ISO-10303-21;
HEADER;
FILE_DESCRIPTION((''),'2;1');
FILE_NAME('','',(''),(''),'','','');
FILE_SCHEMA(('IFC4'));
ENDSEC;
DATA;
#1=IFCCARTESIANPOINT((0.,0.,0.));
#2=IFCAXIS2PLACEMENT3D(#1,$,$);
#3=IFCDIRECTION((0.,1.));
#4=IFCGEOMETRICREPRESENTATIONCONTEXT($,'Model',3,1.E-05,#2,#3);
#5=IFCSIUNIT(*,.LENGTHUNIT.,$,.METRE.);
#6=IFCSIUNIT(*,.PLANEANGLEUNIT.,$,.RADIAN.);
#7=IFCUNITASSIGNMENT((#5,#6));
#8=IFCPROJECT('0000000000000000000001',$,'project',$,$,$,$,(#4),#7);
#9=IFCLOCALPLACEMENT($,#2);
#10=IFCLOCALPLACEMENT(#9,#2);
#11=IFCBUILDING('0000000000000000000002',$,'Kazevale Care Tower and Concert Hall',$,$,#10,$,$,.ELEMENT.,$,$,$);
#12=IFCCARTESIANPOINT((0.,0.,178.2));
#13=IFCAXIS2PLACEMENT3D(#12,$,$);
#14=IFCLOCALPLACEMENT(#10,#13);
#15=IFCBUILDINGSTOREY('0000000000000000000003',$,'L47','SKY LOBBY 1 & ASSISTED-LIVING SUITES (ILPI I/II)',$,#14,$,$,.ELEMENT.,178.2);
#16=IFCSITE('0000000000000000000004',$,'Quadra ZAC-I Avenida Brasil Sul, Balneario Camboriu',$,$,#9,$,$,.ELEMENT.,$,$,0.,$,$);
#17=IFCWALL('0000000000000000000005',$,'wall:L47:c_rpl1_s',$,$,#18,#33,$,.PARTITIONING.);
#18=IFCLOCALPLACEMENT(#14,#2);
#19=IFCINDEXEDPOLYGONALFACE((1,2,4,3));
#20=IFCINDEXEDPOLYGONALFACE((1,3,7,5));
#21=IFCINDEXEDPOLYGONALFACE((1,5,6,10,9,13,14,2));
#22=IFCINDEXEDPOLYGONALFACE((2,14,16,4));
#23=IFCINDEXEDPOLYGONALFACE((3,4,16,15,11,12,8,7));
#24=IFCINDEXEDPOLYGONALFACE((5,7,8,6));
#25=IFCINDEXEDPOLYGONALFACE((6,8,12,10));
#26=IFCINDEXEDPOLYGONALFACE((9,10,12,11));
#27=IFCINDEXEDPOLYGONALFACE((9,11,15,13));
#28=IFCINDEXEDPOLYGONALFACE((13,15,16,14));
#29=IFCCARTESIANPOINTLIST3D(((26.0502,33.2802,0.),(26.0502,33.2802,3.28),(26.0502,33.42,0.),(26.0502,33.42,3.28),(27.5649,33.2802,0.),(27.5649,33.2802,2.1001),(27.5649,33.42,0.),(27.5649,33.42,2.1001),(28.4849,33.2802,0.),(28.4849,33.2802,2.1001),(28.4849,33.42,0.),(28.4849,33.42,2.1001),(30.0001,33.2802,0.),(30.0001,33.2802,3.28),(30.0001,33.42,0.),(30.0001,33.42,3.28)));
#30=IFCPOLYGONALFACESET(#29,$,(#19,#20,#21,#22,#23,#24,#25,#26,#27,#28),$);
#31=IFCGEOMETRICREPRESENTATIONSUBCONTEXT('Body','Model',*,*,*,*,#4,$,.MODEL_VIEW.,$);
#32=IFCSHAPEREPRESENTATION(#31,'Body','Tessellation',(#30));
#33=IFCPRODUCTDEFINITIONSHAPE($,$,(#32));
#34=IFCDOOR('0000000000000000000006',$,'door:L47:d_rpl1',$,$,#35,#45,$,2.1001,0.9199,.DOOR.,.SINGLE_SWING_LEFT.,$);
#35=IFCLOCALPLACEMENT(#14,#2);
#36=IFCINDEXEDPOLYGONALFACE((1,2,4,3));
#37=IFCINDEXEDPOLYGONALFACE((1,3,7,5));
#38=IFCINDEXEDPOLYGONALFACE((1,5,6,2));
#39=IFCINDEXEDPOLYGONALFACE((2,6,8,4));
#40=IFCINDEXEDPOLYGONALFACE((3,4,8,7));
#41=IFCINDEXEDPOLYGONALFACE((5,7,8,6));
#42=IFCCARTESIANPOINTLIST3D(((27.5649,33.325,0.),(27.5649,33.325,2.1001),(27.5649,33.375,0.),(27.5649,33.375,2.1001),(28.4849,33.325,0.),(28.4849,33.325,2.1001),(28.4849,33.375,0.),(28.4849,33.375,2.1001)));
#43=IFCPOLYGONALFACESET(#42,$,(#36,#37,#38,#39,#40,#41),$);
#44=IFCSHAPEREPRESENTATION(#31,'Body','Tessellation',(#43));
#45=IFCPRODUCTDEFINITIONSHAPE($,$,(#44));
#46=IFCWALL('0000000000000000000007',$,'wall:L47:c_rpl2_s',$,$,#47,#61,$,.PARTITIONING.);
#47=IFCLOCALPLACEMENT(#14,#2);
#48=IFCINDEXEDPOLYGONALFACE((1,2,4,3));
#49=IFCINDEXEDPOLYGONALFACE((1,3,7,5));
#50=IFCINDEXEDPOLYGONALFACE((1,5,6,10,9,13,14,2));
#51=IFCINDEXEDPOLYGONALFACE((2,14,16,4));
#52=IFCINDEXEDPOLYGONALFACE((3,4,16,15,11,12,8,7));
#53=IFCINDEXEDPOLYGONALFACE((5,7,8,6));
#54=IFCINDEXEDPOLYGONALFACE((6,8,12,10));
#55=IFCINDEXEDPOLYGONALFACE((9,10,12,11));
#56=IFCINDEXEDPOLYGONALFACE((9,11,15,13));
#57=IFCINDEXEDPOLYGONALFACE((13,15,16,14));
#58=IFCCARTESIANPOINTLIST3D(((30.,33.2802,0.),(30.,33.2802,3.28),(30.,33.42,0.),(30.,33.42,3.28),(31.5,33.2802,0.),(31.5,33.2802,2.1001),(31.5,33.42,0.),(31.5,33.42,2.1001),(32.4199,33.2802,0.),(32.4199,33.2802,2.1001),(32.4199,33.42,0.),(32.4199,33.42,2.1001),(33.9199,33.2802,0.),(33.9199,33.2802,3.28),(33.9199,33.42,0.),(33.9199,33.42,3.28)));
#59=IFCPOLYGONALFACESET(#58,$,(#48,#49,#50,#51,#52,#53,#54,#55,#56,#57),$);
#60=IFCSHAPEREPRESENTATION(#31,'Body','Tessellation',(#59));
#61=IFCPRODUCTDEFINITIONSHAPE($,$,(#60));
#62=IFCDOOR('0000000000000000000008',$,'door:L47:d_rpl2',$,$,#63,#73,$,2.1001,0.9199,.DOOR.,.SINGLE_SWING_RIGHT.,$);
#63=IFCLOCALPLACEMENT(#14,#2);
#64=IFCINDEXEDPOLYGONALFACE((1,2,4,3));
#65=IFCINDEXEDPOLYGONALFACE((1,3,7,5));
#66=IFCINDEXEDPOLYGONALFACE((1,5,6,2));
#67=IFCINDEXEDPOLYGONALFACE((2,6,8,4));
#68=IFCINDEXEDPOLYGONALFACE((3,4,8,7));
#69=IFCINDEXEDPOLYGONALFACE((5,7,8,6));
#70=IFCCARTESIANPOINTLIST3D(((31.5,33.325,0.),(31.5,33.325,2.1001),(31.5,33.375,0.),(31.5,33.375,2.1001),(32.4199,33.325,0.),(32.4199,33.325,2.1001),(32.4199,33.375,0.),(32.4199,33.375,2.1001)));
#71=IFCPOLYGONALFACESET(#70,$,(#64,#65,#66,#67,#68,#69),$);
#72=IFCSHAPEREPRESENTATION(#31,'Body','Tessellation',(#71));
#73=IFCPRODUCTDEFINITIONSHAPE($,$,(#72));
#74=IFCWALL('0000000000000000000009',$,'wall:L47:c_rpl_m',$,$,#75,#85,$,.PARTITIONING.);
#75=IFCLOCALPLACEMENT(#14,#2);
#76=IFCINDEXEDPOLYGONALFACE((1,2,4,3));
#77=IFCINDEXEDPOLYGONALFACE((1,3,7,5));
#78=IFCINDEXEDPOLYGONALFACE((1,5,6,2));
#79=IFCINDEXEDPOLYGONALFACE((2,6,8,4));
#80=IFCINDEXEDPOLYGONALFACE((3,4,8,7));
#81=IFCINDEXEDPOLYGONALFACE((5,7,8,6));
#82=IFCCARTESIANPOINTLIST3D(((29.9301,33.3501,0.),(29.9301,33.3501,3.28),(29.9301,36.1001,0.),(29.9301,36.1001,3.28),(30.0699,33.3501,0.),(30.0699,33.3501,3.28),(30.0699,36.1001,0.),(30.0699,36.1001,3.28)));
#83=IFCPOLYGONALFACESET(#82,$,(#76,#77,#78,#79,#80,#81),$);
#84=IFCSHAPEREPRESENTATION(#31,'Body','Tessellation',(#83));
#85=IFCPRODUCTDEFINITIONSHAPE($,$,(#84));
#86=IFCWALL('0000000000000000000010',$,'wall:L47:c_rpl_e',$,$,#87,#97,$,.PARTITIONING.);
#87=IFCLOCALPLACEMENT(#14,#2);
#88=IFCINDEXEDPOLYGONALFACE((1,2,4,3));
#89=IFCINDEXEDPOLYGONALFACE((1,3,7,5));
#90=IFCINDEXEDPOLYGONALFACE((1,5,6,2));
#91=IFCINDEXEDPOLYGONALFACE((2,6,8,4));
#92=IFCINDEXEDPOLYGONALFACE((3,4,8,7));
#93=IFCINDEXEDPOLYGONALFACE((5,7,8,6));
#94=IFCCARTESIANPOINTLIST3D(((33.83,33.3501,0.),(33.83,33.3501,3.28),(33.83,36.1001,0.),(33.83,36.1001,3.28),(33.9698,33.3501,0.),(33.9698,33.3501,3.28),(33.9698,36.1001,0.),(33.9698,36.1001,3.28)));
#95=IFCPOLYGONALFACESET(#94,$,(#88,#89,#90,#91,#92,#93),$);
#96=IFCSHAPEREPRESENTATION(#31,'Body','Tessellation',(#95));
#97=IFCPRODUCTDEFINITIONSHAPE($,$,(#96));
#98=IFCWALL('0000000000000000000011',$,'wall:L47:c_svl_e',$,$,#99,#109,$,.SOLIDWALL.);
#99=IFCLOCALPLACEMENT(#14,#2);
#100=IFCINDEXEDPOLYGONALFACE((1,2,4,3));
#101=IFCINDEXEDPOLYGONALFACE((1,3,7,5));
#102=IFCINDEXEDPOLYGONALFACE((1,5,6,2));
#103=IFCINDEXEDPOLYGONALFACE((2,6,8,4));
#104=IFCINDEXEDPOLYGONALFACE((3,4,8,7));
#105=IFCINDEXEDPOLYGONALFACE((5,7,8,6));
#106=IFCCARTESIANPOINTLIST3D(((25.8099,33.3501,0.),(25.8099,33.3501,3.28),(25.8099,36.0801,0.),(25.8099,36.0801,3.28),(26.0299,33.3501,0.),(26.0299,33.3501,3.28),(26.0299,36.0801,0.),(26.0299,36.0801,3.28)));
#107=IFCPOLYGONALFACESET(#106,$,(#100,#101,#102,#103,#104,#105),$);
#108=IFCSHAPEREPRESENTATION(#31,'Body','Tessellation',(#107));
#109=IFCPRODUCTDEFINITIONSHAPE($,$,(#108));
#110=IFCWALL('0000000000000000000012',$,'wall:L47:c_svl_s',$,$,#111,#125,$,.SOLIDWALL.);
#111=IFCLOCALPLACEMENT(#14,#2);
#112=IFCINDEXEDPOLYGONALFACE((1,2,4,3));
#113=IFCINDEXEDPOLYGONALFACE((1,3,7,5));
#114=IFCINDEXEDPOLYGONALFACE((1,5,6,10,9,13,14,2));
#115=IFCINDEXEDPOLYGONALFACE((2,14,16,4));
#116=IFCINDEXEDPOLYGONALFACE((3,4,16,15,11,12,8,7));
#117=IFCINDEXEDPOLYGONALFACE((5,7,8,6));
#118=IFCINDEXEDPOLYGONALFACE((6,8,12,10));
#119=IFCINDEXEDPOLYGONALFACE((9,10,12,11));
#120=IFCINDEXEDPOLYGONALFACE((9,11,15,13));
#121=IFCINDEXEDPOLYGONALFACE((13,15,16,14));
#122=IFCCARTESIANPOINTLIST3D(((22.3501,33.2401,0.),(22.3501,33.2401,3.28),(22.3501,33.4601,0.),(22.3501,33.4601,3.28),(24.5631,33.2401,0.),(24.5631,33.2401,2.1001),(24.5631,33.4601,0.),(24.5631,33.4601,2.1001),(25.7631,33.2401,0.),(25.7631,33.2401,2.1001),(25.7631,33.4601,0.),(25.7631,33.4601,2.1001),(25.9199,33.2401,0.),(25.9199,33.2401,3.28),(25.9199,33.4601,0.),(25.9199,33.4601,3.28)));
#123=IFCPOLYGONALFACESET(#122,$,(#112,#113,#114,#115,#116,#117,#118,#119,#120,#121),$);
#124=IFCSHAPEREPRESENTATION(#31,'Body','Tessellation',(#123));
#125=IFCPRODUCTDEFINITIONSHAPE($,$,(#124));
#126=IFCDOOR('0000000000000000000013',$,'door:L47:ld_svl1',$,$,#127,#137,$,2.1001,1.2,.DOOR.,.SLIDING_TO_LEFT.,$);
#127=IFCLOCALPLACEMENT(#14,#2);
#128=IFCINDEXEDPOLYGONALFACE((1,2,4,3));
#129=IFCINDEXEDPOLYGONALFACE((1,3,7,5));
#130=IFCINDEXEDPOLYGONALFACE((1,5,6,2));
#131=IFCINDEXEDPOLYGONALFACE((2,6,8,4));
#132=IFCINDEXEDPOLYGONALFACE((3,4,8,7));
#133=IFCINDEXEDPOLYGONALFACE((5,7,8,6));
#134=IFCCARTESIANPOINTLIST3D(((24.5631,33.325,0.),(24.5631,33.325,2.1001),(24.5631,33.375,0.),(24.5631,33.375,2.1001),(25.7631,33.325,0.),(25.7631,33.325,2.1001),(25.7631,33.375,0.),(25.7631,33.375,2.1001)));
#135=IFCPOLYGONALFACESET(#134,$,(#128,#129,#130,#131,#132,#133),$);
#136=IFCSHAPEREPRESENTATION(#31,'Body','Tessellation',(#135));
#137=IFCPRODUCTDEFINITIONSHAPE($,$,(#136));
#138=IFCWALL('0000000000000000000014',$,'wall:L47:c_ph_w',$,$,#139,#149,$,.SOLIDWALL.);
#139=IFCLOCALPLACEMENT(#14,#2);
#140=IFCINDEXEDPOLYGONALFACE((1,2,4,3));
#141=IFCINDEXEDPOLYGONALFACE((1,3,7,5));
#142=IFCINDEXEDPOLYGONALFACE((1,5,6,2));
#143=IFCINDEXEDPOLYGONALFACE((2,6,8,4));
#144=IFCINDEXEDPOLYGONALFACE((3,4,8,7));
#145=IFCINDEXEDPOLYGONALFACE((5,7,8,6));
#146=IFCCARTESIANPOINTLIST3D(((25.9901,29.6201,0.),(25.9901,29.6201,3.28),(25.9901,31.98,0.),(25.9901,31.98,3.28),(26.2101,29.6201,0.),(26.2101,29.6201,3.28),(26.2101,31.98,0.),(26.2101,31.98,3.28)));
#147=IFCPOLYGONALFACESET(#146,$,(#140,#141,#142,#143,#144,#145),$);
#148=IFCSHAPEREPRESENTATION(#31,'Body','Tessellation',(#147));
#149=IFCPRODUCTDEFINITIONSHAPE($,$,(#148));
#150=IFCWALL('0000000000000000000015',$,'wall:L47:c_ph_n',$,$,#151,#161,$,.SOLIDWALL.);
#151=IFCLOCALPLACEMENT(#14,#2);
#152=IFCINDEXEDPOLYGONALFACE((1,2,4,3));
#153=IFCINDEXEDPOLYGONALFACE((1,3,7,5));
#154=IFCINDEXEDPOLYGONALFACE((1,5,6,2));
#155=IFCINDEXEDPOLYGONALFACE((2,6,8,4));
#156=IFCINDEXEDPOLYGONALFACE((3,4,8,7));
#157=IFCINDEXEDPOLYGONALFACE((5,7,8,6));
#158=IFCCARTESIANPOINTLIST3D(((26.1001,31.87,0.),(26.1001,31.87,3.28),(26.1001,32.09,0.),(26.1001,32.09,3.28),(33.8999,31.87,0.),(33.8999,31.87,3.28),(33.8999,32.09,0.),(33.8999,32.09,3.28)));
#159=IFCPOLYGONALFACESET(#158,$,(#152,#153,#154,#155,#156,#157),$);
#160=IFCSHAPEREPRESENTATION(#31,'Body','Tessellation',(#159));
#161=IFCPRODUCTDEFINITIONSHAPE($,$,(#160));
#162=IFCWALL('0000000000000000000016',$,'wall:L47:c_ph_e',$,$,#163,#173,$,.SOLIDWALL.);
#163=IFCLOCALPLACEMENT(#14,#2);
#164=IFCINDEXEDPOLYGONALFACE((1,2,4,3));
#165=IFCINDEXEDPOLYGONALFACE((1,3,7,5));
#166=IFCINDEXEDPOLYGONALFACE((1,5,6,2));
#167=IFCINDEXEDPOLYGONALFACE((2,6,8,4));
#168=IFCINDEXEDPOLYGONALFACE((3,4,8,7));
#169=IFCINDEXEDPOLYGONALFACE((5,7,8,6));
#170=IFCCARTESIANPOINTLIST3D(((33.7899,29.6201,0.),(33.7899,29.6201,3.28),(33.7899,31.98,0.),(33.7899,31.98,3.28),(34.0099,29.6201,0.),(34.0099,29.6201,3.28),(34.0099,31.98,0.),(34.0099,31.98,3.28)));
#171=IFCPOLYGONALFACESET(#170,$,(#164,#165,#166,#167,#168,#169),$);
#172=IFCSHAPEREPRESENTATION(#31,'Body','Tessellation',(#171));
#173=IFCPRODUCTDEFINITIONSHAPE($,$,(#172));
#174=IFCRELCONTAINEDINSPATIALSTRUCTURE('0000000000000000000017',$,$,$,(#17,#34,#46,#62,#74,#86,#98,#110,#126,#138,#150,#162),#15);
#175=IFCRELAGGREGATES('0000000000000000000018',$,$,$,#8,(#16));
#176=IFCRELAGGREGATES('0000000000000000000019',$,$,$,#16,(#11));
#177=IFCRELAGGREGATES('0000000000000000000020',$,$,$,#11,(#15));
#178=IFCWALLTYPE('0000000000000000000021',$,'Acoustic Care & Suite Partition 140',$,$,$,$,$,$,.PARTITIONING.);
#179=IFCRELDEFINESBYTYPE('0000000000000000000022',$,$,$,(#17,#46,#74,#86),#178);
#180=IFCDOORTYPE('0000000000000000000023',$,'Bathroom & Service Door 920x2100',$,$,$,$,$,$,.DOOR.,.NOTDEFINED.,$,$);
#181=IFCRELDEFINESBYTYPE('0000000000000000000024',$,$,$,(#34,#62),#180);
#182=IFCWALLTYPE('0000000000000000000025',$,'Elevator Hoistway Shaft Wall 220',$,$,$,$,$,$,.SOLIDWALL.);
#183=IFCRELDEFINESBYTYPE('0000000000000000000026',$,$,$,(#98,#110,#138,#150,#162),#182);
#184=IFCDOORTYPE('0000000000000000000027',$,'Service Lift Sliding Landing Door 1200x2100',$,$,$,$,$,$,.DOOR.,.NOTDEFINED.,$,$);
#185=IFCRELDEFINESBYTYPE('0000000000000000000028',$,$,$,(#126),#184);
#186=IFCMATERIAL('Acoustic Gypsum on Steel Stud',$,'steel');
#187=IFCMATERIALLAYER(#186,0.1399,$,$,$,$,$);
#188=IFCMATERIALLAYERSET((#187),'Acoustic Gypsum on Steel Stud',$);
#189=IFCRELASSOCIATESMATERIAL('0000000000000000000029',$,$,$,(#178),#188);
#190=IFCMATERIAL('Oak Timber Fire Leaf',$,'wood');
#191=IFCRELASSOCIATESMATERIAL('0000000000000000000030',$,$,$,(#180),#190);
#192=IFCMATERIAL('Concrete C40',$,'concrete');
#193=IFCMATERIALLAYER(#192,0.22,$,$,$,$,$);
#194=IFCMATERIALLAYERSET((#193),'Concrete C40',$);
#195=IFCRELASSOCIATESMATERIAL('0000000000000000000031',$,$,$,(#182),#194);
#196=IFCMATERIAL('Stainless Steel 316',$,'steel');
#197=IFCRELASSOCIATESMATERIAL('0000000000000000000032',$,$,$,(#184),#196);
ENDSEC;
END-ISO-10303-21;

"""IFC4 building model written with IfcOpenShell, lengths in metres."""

from ifc_helpers import new_model, si_unit, direction, frame, frame_2d, origin, place, context, subcontext, project, spatial, rectangle, extrude, material, layer, layer_set, type_object, element, fill, save


model = new_model("IFC4")

# Units and contexts
model_context = context("Model", 3, precision=1e-05, world=origin(), true_north=direction((0.0, 1.0)))
body_context = subcontext(model_context, "Body", "Model", "MODEL_VIEW")
ifc_project = project(units=[si_unit("LENGTHUNIT", "METRE"), si_unit("PLANEANGLEUNIT", "RADIAN")], contexts=[model_context])

# Site, building, storey
site_placement = place(None, origin())
site = spatial("IfcSite", under=ifc_project, at=site_placement, Name="Quadra ZAC-I Avenida Brasil Sul, Balneario Camboriu", CompositionType="ELEMENT", RefElevation=0.0)
building_placement = place(site_placement, origin())
building = spatial("IfcBuilding", under=site, at=building_placement, Name="Kazevale Care Tower and Concert Hall", CompositionType="ELEMENT")
storey_placement = place(building_placement, frame((0.0, 0.0, 178.2)))
storey = spatial("IfcBuildingStorey", under=building, at=storey_placement, Name="L47", Description="SKY LOBBY 1 & ASSISTED-LIVING SUITES (ILPI I/II)", CompositionType="ELEMENT", Elevation=178.2)

# Walls, openings, doors
ifc_material_1 = material(Name="Acoustic Gypsum on Steel Stud", Category="steel")
ifc_layer_1 = layer(ifc_material_1, 0.1399)
ifc_layer_set_1 = layer_set([ifc_layer_1], Name="Acoustic Gypsum on Steel Stud")
wall_type_1 = type_object("IfcWallType", Name="Acoustic Care & Suite Partition 140", PredefinedType="PARTITIONING", material=ifc_layer_set_1)
wall_1_placement = place(storey_placement, frame((26.05, 33.3501, 0.0), z_axis=(0.0, 0.0, 1.0), x_axis=(1.0, 0.0, 0.0)))
wall_1 = element("IfcWall", 1, at=wall_1_placement, inside=storey, type_object=wall_type_1, Name="wall:L47:c_rpl1_s", PredefinedType="PARTITIONING", context=body_context, shape_type="SweptSolid", body=[
    extrude(rectangle(XDim=3.95, YDim=0.1399, at=frame_2d((1.9751, 0.0))), origin(), (0.0, 0.0, 1.0), 3.28),
])
opening_1_placement = place(wall_1_placement, frame((1.5149, 0.0, 0.0)))
opening_1 = element("IfcOpeningElement", 2, at=opening_1_placement, cuts=wall_1, PredefinedType="OPENING", context=body_context, shape_type="SweptSolid", body=[
    extrude(rectangle(XDim=0.9199, YDim=2.1001, at=frame_2d((0.46, 1.05))), frame((0.0, 0.0798, 0.0), z_axis=(0.0, -1.0, 0.0), x_axis=(1.0, 0.0, 0.0)), (0.0, 0.0, 1.0), 0.1599),
])
ifc_material_2 = material(Name="Oak Timber Fire Leaf", Category="wood")
door_type_1 = type_object("IfcDoorType", Name="Bathroom & Service Door 920x2100", OperationType="NOTDEFINED", PredefinedType="DOOR", material=ifc_material_2)
door_1_placement = place(opening_1_placement, origin())
door_1 = element("IfcDoor", 3, at=door_1_placement, inside=storey, type_object=door_type_1, Name="door:L47:d_rpl1", OperationType="SINGLE_SWING_LEFT", OverallHeight=2.1001, OverallWidth=0.9199, PredefinedType="DOOR", context=body_context, shape_type="SweptSolid", body=[
    extrude(rectangle(XDim=0.9199, YDim=2.1001, at=frame_2d((0.46, 1.05))), frame((0.0, 0.0249, 0.0), z_axis=(0.0, -1.0, 0.0), x_axis=(1.0, 0.0, 0.0)), (0.0, 0.0, 1.0), 0.05),
])
fill(opening_1, door_1)
wall_2_placement = place(storey_placement, frame((30.0, 33.3501, 0.0), z_axis=(0.0, 0.0, 1.0), x_axis=(1.0, 0.0, 0.0)))
wall_2 = element("IfcWall", 4, at=wall_2_placement, inside=storey, type_object=wall_type_1, Name="wall:L47:c_rpl2_s", PredefinedType="PARTITIONING", context=body_context, shape_type="SweptSolid", body=[
    extrude(rectangle(XDim=3.9199, YDim=0.1399, at=frame_2d((1.96, 0.0))), origin(), (0.0, 0.0, 1.0), 3.28),
])
opening_2_placement = place(wall_2_placement, frame((1.5, 0.0, 0.0)))
opening_2 = element("IfcOpeningElement", 5, at=opening_2_placement, cuts=wall_2, PredefinedType="OPENING", context=body_context, shape_type="SweptSolid", body=[
    extrude(rectangle(XDim=0.9199, YDim=2.1001, at=frame_2d((0.46, 1.05))), frame((0.0, 0.0798, 0.0), z_axis=(0.0, -1.0, 0.0), x_axis=(1.0, 0.0, 0.0)), (0.0, 0.0, 1.0), 0.1599),
])
door_2_placement = place(opening_2_placement, origin())
door_2 = element("IfcDoor", 6, at=door_2_placement, inside=storey, type_object=door_type_1, Name="door:L47:d_rpl2", OperationType="SINGLE_SWING_RIGHT", OverallHeight=2.1001, OverallWidth=0.9199, PredefinedType="DOOR", context=body_context, shape_type="SweptSolid", body=[
    extrude(rectangle(XDim=0.9199, YDim=2.1001, at=frame_2d((0.46, 1.05))), frame((0.0, 0.0249, 0.0), z_axis=(0.0, -1.0, 0.0), x_axis=(1.0, 0.0, 0.0)), (0.0, 0.0, 1.0), 0.05),
])
fill(opening_2, door_2)

# Walls
for number, where, z_axis, x_axis, name in (
    (7, (30.0, 33.3501, 0.0), (0.0, 0.0, 1.0), (0.0, 1.0, 0.0), "wall:L47:c_rpl_m"),
    (8, (33.8999, 33.3501, 0.0), (0.0, 0.0, 1.0), (0.0, 1.0, 0.0), "wall:L47:c_rpl_e"),
):
    element("IfcWall", number, at=place(storey_placement, frame(where, z_axis=z_axis, x_axis=x_axis)), inside=storey, type_object=wall_type_1, Name=name, PredefinedType="PARTITIONING", context=body_context, shape_type="SweptSolid", body=[
        extrude(rectangle(XDim=2.75, YDim=0.1399, at=frame_2d((1.375, 0.0))), origin(), (0.0, 0.0, 1.0), 3.28),
    ])
ifc_material_3 = material(Name="Concrete C40", Category="concrete")
ifc_layer_2 = layer(ifc_material_3, 0.22)
ifc_layer_set_2 = layer_set([ifc_layer_2], Name="Concrete C40")
wall_type_2 = type_object("IfcWallType", Name="Elevator Hoistway Shaft Wall 220", PredefinedType="SOLIDWALL", material=ifc_layer_set_2)
wall_3_placement = place(storey_placement, frame((25.9199, 33.3501, 0.0), z_axis=(0.0, 0.0, 1.0), x_axis=(0.0, 1.0, 0.0)))
element("IfcWall", 9, at=wall_3_placement, inside=storey, type_object=wall_type_2, Name="wall:L47:c_svl_e", PredefinedType="SOLIDWALL", context=body_context, shape_type="SweptSolid", body=[
    extrude(rectangle(XDim=2.73, YDim=0.22, at=frame_2d((1.365, 0.0))), origin(), (0.0, 0.0, 1.0), 3.28),
])

# Wall, opening, door
wall_4_placement = place(storey_placement, frame((22.3501, 33.3501, 0.0), z_axis=(0.0, 0.0, 1.0), x_axis=(1.0, 0.0, 0.0)))
wall_4 = element("IfcWall", 10, at=wall_4_placement, inside=storey, type_object=wall_type_2, Name="wall:L47:c_svl_s", PredefinedType="SOLIDWALL", context=body_context, shape_type="SweptSolid", body=[
    extrude(rectangle(XDim=3.5698, YDim=0.22, at=frame_2d((1.7849, 0.0))), origin(), (0.0, 0.0, 1.0), 3.28),
])
opening_3_placement = place(wall_4_placement, frame((2.2129, 0.0, 0.0)))
opening_3 = element("IfcOpeningElement", 11, at=opening_3_placement, cuts=wall_4, PredefinedType="OPENING", context=body_context, shape_type="SweptSolid", body=[
    extrude(rectangle(XDim=1.2, YDim=2.1001, at=frame_2d((0.6001, 1.05))), frame((0.0, 0.1199, 0.0), z_axis=(0.0, -1.0, 0.0), x_axis=(1.0, 0.0, 0.0)), (0.0, 0.0, 1.0), 0.24),
])
ifc_material_4 = material(Name="Stainless Steel 316", Category="steel")
door_type_2 = type_object("IfcDoorType", Name="Service Lift Sliding Landing Door 1200x2100", OperationType="NOTDEFINED", PredefinedType="DOOR", material=ifc_material_4)
door_3_placement = place(opening_3_placement, origin())
door_3 = element("IfcDoor", 12, at=door_3_placement, inside=storey, type_object=door_type_2, Name="door:L47:ld_svl1", OperationType="SLIDING_TO_LEFT", OverallHeight=2.1001, OverallWidth=1.2, PredefinedType="DOOR", context=body_context, shape_type="SweptSolid", body=[
    extrude(rectangle(XDim=1.2, YDim=2.1001, at=frame_2d((0.6001, 1.05))), frame((0.0, 0.0249, 0.0), z_axis=(0.0, -1.0, 0.0), x_axis=(1.0, 0.0, 0.0)), (0.0, 0.0, 1.0), 0.05),
])
fill(opening_3, door_3)

# Walls
wall_5_placement = place(storey_placement, frame((26.1001, 29.6201, 0.0), z_axis=(0.0, 0.0, 1.0), x_axis=(0.0, 1.0, 0.0)))
element("IfcWall", 13, at=wall_5_placement, inside=storey, type_object=wall_type_2, Name="wall:L47:c_ph_w", PredefinedType="SOLIDWALL", context=body_context, shape_type="SweptSolid", body=[
    extrude(rectangle(XDim=2.3599, YDim=0.22, at=frame_2d((1.1799, 0.0))), origin(), (0.0, 0.0, 1.0), 3.28),
])
wall_6_placement = place(storey_placement, frame((26.1001, 31.98, 0.0), z_axis=(0.0, 0.0, 1.0), x_axis=(1.0, 0.0, 0.0)))
element("IfcWall", 14, at=wall_6_placement, inside=storey, type_object=wall_type_2, Name="wall:L47:c_ph_n", PredefinedType="SOLIDWALL", context=body_context, shape_type="SweptSolid", body=[
    extrude(rectangle(XDim=7.7998, YDim=0.22, at=frame_2d((3.8999, 0.0))), origin(), (0.0, 0.0, 1.0), 3.28),
])
wall_7_placement = place(storey_placement, frame((33.8999, 29.6201, 0.0), z_axis=(0.0, 0.0, 1.0), x_axis=(0.0, 1.0, 0.0)))
element("IfcWall", 15, at=wall_7_placement, inside=storey, type_object=wall_type_2, Name="wall:L47:c_ph_e", PredefinedType="SOLIDWALL", context=body_context, shape_type="SweptSolid", body=[
    extrude(rectangle(XDim=2.3599, YDim=0.22, at=frame_2d((1.1799, 0.0))), origin(), (0.0, 0.0, 1.0), 3.28),
])

save(model, "model.ifc")
